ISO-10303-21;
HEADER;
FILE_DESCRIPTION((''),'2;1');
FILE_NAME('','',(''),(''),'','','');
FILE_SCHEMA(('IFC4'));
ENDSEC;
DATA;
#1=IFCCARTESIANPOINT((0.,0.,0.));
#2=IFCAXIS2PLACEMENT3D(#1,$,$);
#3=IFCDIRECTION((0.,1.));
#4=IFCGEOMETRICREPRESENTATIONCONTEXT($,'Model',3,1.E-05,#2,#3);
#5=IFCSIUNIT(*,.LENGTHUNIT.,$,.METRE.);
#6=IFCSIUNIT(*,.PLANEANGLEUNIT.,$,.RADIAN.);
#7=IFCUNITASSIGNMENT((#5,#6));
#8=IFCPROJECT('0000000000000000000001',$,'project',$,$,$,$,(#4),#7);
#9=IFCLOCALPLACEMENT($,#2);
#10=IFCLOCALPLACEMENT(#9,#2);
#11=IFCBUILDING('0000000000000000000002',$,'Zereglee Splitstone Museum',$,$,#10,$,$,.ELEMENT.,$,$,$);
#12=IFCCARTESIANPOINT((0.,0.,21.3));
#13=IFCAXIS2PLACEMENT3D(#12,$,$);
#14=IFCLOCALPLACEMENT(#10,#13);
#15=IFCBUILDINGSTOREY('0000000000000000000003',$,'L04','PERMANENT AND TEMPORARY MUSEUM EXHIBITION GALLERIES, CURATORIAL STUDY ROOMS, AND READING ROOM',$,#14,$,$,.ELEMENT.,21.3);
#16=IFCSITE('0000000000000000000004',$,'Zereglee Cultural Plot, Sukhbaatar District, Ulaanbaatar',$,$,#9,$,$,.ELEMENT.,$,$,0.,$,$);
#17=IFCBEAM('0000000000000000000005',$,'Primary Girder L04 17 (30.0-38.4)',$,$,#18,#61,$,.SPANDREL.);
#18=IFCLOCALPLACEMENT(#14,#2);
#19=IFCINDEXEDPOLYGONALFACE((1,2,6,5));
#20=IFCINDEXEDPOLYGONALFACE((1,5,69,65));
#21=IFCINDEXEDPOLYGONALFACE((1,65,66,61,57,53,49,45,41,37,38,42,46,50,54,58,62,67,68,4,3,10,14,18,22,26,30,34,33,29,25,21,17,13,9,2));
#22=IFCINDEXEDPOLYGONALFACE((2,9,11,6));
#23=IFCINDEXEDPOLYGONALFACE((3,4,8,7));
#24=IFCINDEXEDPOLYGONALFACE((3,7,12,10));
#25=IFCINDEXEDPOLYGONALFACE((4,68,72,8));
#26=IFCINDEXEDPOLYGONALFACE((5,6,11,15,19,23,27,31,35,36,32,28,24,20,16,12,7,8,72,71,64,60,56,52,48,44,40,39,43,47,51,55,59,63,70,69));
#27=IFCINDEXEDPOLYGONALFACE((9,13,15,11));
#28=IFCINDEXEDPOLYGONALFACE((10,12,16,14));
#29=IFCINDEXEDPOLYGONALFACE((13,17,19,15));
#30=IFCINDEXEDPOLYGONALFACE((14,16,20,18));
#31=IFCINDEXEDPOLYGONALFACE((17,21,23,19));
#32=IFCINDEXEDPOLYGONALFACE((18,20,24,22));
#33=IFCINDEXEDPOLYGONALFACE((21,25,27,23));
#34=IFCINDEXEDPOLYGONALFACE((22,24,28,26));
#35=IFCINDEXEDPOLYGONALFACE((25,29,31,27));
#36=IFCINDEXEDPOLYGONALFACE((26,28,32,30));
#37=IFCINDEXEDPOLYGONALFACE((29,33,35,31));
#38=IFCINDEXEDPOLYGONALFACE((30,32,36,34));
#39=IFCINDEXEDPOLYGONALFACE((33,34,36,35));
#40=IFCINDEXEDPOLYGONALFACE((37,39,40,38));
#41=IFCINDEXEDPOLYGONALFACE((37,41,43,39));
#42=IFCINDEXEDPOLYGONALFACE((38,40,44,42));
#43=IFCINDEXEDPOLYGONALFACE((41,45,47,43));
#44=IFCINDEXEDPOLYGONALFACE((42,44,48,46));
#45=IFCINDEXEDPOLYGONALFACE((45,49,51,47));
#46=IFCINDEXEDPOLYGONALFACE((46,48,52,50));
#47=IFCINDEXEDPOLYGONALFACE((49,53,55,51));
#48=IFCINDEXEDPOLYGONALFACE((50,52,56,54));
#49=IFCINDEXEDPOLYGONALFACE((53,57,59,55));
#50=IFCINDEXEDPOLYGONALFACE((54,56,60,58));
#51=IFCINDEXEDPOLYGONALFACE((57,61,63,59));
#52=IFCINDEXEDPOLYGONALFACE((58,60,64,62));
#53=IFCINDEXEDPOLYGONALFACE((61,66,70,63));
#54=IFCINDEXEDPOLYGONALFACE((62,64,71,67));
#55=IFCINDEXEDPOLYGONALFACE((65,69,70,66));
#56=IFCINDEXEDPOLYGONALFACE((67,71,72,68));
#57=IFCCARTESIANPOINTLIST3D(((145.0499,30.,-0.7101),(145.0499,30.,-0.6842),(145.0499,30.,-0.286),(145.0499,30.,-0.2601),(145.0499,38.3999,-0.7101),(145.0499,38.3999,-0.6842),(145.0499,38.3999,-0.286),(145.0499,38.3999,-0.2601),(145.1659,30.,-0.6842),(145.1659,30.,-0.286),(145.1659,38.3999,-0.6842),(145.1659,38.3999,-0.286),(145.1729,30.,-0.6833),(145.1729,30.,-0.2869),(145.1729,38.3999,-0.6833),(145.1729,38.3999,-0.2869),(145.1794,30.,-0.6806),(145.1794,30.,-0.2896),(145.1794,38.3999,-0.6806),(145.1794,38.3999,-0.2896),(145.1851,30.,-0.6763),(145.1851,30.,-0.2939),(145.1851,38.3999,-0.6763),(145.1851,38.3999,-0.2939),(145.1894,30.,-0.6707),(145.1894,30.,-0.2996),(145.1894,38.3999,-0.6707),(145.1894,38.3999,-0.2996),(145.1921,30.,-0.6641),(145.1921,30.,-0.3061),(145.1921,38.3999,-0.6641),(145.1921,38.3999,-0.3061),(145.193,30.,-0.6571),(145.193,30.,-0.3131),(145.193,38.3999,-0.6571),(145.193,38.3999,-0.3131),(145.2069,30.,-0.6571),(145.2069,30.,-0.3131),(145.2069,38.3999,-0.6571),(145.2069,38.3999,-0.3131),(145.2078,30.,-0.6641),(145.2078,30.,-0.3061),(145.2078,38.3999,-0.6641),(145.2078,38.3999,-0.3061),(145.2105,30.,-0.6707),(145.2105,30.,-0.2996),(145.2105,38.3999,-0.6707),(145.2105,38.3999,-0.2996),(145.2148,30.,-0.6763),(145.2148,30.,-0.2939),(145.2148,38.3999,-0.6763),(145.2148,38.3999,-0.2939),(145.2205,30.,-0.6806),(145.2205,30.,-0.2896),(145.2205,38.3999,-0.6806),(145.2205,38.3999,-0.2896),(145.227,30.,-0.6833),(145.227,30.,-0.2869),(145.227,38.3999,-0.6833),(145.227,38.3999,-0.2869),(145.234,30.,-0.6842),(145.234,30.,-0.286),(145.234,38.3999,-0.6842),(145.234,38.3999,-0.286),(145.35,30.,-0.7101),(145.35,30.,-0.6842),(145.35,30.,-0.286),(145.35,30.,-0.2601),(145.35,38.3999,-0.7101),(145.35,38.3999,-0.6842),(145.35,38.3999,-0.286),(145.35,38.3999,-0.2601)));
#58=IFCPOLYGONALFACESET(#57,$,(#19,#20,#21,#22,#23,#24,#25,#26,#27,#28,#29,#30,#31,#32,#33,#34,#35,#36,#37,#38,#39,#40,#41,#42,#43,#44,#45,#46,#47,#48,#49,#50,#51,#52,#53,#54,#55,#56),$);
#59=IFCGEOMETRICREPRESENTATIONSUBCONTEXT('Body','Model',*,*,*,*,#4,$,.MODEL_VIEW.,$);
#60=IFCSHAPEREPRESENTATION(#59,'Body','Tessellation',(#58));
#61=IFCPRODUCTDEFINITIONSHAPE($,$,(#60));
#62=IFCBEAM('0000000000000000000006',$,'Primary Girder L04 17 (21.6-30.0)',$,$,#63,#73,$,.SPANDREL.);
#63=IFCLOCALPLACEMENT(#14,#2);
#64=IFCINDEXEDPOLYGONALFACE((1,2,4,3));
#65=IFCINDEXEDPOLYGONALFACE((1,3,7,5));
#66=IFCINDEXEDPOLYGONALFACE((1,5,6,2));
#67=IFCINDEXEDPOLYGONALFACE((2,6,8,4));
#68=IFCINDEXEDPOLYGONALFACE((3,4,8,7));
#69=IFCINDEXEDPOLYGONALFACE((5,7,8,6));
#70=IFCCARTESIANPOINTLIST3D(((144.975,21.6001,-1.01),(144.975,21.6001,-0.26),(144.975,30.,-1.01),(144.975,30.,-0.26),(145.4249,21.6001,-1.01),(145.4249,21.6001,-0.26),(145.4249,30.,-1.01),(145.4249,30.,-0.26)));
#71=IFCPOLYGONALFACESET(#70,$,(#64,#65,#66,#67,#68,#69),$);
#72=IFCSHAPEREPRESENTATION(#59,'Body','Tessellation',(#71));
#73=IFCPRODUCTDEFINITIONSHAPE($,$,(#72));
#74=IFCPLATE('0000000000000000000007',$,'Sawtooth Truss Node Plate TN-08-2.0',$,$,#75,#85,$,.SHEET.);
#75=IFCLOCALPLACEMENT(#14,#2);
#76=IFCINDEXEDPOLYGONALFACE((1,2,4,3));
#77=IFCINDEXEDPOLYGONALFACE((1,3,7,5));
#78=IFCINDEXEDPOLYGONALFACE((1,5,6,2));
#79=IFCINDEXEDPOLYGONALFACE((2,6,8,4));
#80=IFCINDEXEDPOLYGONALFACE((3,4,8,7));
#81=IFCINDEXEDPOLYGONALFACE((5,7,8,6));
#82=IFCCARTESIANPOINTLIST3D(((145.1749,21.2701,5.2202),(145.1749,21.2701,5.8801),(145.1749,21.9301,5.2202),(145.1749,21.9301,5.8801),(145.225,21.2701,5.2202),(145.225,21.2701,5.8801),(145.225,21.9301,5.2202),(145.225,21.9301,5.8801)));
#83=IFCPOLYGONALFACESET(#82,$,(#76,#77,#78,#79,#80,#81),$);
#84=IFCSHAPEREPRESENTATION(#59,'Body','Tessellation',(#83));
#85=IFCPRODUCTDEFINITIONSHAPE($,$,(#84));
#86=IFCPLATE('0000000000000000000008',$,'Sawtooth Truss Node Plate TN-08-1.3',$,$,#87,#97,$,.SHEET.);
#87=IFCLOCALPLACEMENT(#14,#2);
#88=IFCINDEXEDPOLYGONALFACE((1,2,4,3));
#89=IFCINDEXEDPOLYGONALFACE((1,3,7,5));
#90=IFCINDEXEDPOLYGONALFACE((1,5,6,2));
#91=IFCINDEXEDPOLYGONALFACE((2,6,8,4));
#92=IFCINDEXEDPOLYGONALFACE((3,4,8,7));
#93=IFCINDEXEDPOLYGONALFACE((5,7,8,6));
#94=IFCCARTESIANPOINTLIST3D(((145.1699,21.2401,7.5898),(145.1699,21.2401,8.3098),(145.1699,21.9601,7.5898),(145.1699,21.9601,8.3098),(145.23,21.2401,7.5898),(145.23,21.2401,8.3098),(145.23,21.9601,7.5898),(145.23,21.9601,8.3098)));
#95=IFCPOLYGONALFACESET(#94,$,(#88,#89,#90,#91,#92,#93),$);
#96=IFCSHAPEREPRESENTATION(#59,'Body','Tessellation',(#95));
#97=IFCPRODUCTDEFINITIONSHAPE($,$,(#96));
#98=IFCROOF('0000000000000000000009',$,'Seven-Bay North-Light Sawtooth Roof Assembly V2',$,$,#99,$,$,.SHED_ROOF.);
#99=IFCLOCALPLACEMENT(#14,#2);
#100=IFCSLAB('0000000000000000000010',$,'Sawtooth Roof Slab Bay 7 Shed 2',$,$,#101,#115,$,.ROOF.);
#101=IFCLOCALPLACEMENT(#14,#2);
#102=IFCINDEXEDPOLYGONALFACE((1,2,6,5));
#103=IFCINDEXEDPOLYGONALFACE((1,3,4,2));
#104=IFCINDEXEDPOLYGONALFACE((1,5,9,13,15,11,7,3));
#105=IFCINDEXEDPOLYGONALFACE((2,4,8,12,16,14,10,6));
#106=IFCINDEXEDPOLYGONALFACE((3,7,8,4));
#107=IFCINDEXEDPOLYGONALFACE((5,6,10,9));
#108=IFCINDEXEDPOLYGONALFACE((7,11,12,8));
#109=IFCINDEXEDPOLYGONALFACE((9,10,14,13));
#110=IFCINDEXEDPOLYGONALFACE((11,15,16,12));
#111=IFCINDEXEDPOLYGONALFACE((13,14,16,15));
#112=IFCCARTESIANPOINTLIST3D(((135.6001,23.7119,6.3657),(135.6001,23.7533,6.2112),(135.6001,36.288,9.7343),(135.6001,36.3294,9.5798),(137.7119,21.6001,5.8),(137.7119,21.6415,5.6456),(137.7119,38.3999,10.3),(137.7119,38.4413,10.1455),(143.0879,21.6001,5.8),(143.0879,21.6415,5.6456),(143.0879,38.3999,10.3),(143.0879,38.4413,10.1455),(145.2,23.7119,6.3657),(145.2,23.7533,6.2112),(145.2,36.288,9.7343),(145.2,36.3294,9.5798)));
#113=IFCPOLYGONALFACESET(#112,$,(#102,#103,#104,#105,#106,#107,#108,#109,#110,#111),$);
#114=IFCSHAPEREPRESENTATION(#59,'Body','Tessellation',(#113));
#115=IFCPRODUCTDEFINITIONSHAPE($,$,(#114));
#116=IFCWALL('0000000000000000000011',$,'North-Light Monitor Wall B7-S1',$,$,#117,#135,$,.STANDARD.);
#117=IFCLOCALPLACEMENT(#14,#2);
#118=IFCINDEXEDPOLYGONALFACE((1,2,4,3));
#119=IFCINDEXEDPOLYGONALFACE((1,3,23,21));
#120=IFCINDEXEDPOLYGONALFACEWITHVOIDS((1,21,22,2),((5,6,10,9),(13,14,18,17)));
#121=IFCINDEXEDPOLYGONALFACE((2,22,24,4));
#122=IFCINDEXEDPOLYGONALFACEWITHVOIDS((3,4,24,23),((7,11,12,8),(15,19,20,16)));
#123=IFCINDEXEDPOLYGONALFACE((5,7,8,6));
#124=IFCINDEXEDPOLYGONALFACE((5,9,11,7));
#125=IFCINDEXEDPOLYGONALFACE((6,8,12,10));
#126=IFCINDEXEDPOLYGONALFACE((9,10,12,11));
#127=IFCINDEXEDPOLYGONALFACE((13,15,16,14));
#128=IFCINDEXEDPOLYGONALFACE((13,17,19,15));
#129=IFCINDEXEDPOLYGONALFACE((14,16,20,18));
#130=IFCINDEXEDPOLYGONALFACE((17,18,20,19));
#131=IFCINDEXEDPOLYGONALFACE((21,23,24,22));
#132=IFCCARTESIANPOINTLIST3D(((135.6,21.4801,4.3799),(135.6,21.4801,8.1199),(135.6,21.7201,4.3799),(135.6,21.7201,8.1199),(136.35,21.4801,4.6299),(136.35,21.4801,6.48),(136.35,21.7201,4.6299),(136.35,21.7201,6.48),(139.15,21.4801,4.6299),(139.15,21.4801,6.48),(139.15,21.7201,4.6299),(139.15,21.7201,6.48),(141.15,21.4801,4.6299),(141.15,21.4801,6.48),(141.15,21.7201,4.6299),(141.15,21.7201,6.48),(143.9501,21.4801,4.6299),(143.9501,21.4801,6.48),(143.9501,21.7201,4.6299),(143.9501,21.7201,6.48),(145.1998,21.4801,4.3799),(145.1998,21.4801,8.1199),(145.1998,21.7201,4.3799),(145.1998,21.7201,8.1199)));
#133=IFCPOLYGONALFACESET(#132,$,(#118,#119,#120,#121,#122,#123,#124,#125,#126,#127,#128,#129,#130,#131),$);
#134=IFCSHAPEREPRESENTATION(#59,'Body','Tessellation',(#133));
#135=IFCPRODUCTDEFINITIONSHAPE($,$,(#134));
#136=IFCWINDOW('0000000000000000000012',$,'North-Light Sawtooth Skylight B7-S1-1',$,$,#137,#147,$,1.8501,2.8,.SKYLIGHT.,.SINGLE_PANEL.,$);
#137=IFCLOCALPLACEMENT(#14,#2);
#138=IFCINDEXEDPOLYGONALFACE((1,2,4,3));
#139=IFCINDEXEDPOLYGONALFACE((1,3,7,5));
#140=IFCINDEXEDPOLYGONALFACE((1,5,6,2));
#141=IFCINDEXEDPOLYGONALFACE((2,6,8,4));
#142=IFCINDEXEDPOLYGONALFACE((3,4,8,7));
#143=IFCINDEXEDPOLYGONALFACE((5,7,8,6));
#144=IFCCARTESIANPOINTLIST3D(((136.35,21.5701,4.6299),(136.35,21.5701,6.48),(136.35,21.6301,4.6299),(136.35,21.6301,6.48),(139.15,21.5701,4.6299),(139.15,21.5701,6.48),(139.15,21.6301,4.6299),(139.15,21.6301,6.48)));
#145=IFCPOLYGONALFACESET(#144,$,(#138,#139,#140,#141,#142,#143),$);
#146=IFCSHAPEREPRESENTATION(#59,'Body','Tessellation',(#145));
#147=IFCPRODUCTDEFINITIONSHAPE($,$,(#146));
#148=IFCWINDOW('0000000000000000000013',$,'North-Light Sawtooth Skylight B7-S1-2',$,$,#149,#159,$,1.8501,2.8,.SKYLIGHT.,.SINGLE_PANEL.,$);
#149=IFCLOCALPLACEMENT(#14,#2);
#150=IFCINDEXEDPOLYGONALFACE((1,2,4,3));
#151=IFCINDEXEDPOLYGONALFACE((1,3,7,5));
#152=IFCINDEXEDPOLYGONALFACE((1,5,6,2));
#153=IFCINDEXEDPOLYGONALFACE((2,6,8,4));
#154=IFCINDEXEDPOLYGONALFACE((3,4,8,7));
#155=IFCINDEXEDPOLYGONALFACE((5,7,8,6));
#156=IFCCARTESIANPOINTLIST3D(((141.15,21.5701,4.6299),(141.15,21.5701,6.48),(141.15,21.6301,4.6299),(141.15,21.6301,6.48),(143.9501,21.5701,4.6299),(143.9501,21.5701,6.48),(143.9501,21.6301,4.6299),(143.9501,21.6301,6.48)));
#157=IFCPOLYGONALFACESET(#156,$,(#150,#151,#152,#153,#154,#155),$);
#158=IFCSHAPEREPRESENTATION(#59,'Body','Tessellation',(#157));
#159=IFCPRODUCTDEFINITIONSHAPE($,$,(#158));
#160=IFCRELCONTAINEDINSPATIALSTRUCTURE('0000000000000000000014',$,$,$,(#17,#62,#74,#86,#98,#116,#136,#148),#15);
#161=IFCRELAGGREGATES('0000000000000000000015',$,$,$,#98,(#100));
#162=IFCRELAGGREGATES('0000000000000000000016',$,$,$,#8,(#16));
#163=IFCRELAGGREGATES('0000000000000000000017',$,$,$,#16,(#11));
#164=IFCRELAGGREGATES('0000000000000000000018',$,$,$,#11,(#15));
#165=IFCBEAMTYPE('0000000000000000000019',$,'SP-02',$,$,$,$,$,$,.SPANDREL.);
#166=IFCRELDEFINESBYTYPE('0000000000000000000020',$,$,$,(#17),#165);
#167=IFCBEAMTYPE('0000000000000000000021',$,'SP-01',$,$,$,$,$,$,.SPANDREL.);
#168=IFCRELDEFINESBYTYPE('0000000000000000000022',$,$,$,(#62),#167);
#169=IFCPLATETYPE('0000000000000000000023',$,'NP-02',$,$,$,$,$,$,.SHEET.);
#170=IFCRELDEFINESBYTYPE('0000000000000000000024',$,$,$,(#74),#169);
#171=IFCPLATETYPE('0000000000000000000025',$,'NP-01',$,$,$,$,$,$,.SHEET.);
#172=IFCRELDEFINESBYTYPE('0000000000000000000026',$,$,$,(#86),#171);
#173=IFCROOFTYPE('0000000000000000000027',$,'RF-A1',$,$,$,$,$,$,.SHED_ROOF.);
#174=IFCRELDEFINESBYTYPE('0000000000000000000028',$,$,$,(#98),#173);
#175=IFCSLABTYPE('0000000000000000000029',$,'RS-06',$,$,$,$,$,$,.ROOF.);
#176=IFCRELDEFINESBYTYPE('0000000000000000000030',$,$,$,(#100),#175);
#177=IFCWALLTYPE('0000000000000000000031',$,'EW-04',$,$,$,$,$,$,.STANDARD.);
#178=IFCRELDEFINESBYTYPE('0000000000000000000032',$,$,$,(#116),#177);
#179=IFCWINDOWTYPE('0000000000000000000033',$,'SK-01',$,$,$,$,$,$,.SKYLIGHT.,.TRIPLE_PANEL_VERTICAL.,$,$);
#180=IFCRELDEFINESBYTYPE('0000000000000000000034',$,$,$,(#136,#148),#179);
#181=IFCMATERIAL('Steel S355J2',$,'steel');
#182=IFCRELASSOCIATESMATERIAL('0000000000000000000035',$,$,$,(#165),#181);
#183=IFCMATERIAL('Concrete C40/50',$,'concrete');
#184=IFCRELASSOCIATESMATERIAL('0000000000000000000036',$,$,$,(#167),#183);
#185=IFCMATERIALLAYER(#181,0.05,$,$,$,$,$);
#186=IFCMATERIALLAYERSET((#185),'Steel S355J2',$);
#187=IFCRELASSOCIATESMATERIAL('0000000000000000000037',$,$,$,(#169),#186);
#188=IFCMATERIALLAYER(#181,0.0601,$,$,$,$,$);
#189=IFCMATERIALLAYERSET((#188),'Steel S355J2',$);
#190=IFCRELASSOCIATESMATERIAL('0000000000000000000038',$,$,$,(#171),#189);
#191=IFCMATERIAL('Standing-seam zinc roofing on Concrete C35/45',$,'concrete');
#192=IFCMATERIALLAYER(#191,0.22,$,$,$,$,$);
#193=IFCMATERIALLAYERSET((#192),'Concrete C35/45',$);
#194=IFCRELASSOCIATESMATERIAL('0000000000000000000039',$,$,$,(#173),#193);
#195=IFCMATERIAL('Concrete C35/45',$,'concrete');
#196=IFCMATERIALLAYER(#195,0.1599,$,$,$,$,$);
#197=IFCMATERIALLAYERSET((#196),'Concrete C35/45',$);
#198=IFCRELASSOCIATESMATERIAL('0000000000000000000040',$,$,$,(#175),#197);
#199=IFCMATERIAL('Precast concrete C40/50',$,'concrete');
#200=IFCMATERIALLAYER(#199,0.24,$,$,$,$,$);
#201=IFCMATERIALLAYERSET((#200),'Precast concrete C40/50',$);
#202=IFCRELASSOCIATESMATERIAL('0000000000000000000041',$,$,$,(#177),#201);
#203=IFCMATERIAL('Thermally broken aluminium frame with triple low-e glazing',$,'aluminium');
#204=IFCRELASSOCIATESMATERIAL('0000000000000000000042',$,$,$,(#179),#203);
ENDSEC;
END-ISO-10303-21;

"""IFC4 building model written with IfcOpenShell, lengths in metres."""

from ifc_helpers import new_model, si_unit, direction, frame, frame_2d, origin, origin_2d, place, context, subcontext, project, spatial, polyline, rectangle, i_section, outline, extrude, material, layer, layer_set, material_profile, profile_set, type_object, element, fill, aggregate, save


model = new_model("IFC4")

# Units and contexts
model_context = context("Model", 3, precision=1e-05, world=origin(), true_north=direction((0.0, 1.0)))
body_context = subcontext(model_context, "Body", "Model", "MODEL_VIEW")
ifc_project = project(units=[si_unit("LENGTHUNIT", "METRE"), si_unit("PLANEANGLEUNIT", "RADIAN")], contexts=[model_context])

# Site, building, storey
site_placement = place(None, origin())
site = spatial("IfcSite", under=ifc_project, at=site_placement, Name="Zereglee Cultural Plot, Sukhbaatar District, Ulaanbaatar", CompositionType="ELEMENT", RefElevation=0.0)
building_placement = place(site_placement, origin())
building = spatial("IfcBuilding", under=site, at=building_placement, Name="Zereglee Splitstone Museum", CompositionType="ELEMENT")
storey_placement = place(building_placement, frame((0.0, 0.0, 21.3)))
storey = spatial("IfcBuildingStorey", under=building, at=storey_placement, Name="L04", Description="PERMANENT AND TEMPORARY MUSEUM EXHIBITION GALLERIES, CURATORIAL STUDY ROOMS, AND READING ROOM", CompositionType="ELEMENT", Elevation=21.3)

# Shared definitions
ifc_material_1 = material(Name="Steel S355J2", Category="steel")

# Beams
ifc_material_profile_1 = material_profile(ifc_material_1, i_section(OverallWidth=0.3, OverallDepth=0.45, WebThickness=0.0139, FlangeThickness=0.0259, FilletRadius=0.0271, at=origin_2d()), Name="HE 450 B")
ifc_profile_set_1 = profile_set([ifc_material_profile_1], Name="Steel S355J2")
beam_type_1 = type_object("IfcBeamType", Name="SP-02", PredefinedType="SPANDREL", material=ifc_profile_set_1)
beam_1_placement = place(storey_placement, frame((145.2, 30.0, -0.4851), z_axis=(0.0, 1.0, 0.0), x_axis=(-1.0, 0.0, 0.0)))
element("IfcBeam", 1, at=beam_1_placement, inside=storey, type_object=beam_type_1, Name="Primary Girder L04 17 (30.0-38.4)", PredefinedType="SPANDREL", context=body_context, shape_type="SweptSolid", body=[
    extrude(i_section(OverallWidth=0.3, OverallDepth=0.45, WebThickness=0.0139, FlangeThickness=0.0259, FilletRadius=0.0271, at=origin_2d()), origin(), (0.0, 0.0, 1.0), 8.3999),
])
ifc_material_2 = material(Name="Concrete C40/50", Category="concrete")
ifc_material_profile_2 = material_profile(ifc_material_2, rectangle(XDim=0.45, YDim=0.75, at=origin_2d()), Name="RC 450x750")
ifc_profile_set_2 = profile_set([ifc_material_profile_2], Name="Concrete C40/50")
beam_type_2 = type_object("IfcBeamType", Name="SP-01", PredefinedType="SPANDREL", material=ifc_profile_set_2)
beam_2_placement = place(storey_placement, frame((145.2, 21.6001, -0.635), z_axis=(0.0, 1.0, 0.0), x_axis=(-1.0, 0.0, 0.0)))
element("IfcBeam", 2, at=beam_2_placement, inside=storey, type_object=beam_type_2, Name="Primary Girder L04 17 (21.6-30.0)", PredefinedType="SPANDREL", context=body_context, shape_type="SweptSolid", body=[
    extrude(rectangle(XDim=0.45, YDim=0.75, at=origin_2d()), origin(), (0.0, 0.0, 1.0), 8.3999),
])

# Plates
ifc_layer_1 = layer(ifc_material_1, 0.05)
ifc_layer_set_1 = layer_set([ifc_layer_1], Name="Steel S355J2")
plate_type_1 = type_object("IfcPlateType", Name="NP-02", PredefinedType="SHEET", material=ifc_layer_set_1)
plate_1_placement = place(storey_placement, frame((145.2, 21.6001, 5.2202), z_axis=(0.0, 0.0, 1.0), x_axis=(1.0, 0.0, 0.0)))
element("IfcPlate", 3, at=plate_1_placement, inside=storey, type_object=plate_type_1, Name="Sawtooth Truss Node Plate TN-08-2.0", PredefinedType="SHEET", context=body_context, shape_type="SweptSolid", body=[
    extrude(rectangle(XDim=0.05, YDim=0.6599, at=origin_2d()), origin(), (0.0, 0.0, 1.0), 0.6599),
])
ifc_layer_2 = layer(ifc_material_1, 0.0601)
ifc_layer_set_2 = layer_set([ifc_layer_2], Name="Steel S355J2")
plate_type_2 = type_object("IfcPlateType", Name="NP-01", PredefinedType="SHEET", material=ifc_layer_set_2)
plate_2_placement = place(storey_placement, frame((145.2, 21.6001, 7.5898), z_axis=(0.0, 0.0, 1.0), x_axis=(1.0, 0.0, 0.0)))
element("IfcPlate", 4, at=plate_2_placement, inside=storey, type_object=plate_type_2, Name="Sawtooth Truss Node Plate TN-08-1.3", PredefinedType="SHEET", context=body_context, shape_type="SweptSolid", body=[
    extrude(rectangle(XDim=0.0601, YDim=0.72, at=origin_2d()), origin(), (0.0, 0.0, 1.0), 0.72),
])

# Roof, slab
ifc_material_3 = material(Name="Standing-seam zinc roofing on Concrete C35/45", Category="concrete")
ifc_layer_3 = layer(ifc_material_3, 0.22)
ifc_layer_set_3 = layer_set([ifc_layer_3], Name="Concrete C35/45")
roof_type = type_object("IfcRoofType", Name="RF-A1", PredefinedType="SHED_ROOF", material=ifc_layer_set_3)
roof_placement = place(storey_placement, origin())
roof = element("IfcRoof", 5, at=roof_placement, inside=storey, type_object=roof_type, Name="Seven-Bay North-Light Sawtooth Roof Assembly V2", PredefinedType="SHED_ROOF")
ifc_material_4 = material(Name="Concrete C35/45", Category="concrete")
ifc_layer_4 = layer(ifc_material_4, 0.1599)
ifc_layer_set_4 = layer_set([ifc_layer_4], Name="Concrete C35/45")
slab_type = type_object("IfcSlabType", Name="RS-06", PredefinedType="ROOF", material=ifc_layer_set_4)
slab_placement = place(storey_placement, frame((137.7119, 21.6001, 5.8), z_axis=(0.0, -0.258736, 0.965948), x_axis=(1.0, 0.0, 0.0)))
slab = element("IfcSlab", 6, at=slab_placement, type_object=slab_type, Name="Sawtooth Roof Slab Bay 7 Shed 2", PredefinedType="ROOF", context=body_context, shape_type="SweptSolid", body=[
    extrude(outline(polyline([(0.0, 0.0), (5.376, 0.0), (7.488, 2.1863), (7.488, 15.2057), (5.376, 17.3921), (0.0, 17.3921), (-2.1118, 15.2057), (-2.1118, 2.1863), (0.0, 0.0)])), origin(), (0.0, 0.0, -1.0), 0.1599),
])
aggregate(roof, [slab])

# Wall, openings, windows
ifc_material_5 = material(Name="Precast concrete C40/50", Category="concrete")
ifc_layer_5 = layer(ifc_material_5, 0.24)
ifc_layer_set_5 = layer_set([ifc_layer_5], Name="Precast concrete C40/50")
wall_type = type_object("IfcWallType", Name="EW-04", PredefinedType="STANDARD", material=ifc_layer_set_5)
wall_placement = place(storey_placement, frame((135.6001, 21.6001, 4.3799), z_axis=(0.0, 0.0, 1.0), x_axis=(1.0, 0.0, 0.0)))
wall = element("IfcWall", 7, at=wall_placement, inside=storey, type_object=wall_type, Name="North-Light Monitor Wall B7-S1", PredefinedType="STANDARD", context=body_context, shape_type="SweptSolid", body=[
    extrude(rectangle(XDim=9.5999, YDim=0.24, at=frame_2d((4.7998, 0.0))), origin(), (0.0, 0.0, 1.0), 3.74),
])
opening_1_placement = place(wall_placement, frame((0.75, 0.0, 0.25)))
opening_1 = element("IfcOpeningElement", 8, at=opening_1_placement, cuts=wall, PredefinedType="OPENING", context=body_context, shape_type="SweptSolid", body=[
    extrude(rectangle(XDim=2.8, YDim=1.8501, at=frame_2d((1.3999, 0.925))), frame((0.0, 0.1348, 0.0), z_axis=(0.0, -1.0, 0.0), x_axis=(1.0, 0.0, 0.0)), (0.0, 0.0, 1.0), 0.2698),
])
opening_2_placement = place(wall_placement, frame((5.55, 0.0, 0.25)))
opening_2 = element("IfcOpeningElement", 9, at=opening_2_placement, cuts=wall, PredefinedType="OPENING", context=body_context, shape_type="SweptSolid", body=[
    extrude(rectangle(XDim=2.8, YDim=1.8501, at=frame_2d((1.3999, 0.925))), frame((0.0, 0.1348, 0.0), z_axis=(0.0, -1.0, 0.0), x_axis=(1.0, 0.0, 0.0)), (0.0, 0.0, 1.0), 0.2698),
])
ifc_material_6 = material(Name="Thermally broken aluminium frame with triple low-e glazing", Category="aluminium")
window_type = type_object("IfcWindowType", Name="SK-01", PartitioningType="TRIPLE_PANEL_VERTICAL", PredefinedType="SKYLIGHT", material=ifc_material_6)
window_1_placement = place(opening_1_placement, origin())
window_1 = element("IfcWindow", 10, at=window_1_placement, inside=storey, type_object=window_type, Name="North-Light Sawtooth Skylight B7-S1-1", OverallHeight=1.8501, OverallWidth=2.8, PartitioningType="SINGLE_PANEL", PredefinedType="SKYLIGHT", context=body_context, shape_type="SweptSolid", body=[
    extrude(rectangle(XDim=2.8, YDim=1.8501, at=frame_2d((1.3999, 0.925))), frame((0.0, 0.03, 0.0), z_axis=(0.0, -1.0, 0.0), x_axis=(1.0, 0.0, 0.0)), (0.0, 0.0, 1.0), 0.0601),
])
fill(opening_1, window_1)
window_2_placement = place(opening_2_placement, origin())
window_2 = element("IfcWindow", 11, at=window_2_placement, inside=storey, type_object=window_type, Name="North-Light Sawtooth Skylight B7-S1-2", OverallHeight=1.8501, OverallWidth=2.8, PartitioningType="SINGLE_PANEL", PredefinedType="SKYLIGHT", context=body_context, shape_type="SweptSolid", body=[
    extrude(rectangle(XDim=2.8, YDim=1.8501, at=frame_2d((1.3999, 0.925))), frame((0.0, 0.03, 0.0), z_axis=(0.0, -1.0, 0.0), x_axis=(1.0, 0.0, 0.0)), (0.0, 0.0, 1.0), 0.0601),
])
fill(opening_2, window_2)

save(model, "model.ifc")
